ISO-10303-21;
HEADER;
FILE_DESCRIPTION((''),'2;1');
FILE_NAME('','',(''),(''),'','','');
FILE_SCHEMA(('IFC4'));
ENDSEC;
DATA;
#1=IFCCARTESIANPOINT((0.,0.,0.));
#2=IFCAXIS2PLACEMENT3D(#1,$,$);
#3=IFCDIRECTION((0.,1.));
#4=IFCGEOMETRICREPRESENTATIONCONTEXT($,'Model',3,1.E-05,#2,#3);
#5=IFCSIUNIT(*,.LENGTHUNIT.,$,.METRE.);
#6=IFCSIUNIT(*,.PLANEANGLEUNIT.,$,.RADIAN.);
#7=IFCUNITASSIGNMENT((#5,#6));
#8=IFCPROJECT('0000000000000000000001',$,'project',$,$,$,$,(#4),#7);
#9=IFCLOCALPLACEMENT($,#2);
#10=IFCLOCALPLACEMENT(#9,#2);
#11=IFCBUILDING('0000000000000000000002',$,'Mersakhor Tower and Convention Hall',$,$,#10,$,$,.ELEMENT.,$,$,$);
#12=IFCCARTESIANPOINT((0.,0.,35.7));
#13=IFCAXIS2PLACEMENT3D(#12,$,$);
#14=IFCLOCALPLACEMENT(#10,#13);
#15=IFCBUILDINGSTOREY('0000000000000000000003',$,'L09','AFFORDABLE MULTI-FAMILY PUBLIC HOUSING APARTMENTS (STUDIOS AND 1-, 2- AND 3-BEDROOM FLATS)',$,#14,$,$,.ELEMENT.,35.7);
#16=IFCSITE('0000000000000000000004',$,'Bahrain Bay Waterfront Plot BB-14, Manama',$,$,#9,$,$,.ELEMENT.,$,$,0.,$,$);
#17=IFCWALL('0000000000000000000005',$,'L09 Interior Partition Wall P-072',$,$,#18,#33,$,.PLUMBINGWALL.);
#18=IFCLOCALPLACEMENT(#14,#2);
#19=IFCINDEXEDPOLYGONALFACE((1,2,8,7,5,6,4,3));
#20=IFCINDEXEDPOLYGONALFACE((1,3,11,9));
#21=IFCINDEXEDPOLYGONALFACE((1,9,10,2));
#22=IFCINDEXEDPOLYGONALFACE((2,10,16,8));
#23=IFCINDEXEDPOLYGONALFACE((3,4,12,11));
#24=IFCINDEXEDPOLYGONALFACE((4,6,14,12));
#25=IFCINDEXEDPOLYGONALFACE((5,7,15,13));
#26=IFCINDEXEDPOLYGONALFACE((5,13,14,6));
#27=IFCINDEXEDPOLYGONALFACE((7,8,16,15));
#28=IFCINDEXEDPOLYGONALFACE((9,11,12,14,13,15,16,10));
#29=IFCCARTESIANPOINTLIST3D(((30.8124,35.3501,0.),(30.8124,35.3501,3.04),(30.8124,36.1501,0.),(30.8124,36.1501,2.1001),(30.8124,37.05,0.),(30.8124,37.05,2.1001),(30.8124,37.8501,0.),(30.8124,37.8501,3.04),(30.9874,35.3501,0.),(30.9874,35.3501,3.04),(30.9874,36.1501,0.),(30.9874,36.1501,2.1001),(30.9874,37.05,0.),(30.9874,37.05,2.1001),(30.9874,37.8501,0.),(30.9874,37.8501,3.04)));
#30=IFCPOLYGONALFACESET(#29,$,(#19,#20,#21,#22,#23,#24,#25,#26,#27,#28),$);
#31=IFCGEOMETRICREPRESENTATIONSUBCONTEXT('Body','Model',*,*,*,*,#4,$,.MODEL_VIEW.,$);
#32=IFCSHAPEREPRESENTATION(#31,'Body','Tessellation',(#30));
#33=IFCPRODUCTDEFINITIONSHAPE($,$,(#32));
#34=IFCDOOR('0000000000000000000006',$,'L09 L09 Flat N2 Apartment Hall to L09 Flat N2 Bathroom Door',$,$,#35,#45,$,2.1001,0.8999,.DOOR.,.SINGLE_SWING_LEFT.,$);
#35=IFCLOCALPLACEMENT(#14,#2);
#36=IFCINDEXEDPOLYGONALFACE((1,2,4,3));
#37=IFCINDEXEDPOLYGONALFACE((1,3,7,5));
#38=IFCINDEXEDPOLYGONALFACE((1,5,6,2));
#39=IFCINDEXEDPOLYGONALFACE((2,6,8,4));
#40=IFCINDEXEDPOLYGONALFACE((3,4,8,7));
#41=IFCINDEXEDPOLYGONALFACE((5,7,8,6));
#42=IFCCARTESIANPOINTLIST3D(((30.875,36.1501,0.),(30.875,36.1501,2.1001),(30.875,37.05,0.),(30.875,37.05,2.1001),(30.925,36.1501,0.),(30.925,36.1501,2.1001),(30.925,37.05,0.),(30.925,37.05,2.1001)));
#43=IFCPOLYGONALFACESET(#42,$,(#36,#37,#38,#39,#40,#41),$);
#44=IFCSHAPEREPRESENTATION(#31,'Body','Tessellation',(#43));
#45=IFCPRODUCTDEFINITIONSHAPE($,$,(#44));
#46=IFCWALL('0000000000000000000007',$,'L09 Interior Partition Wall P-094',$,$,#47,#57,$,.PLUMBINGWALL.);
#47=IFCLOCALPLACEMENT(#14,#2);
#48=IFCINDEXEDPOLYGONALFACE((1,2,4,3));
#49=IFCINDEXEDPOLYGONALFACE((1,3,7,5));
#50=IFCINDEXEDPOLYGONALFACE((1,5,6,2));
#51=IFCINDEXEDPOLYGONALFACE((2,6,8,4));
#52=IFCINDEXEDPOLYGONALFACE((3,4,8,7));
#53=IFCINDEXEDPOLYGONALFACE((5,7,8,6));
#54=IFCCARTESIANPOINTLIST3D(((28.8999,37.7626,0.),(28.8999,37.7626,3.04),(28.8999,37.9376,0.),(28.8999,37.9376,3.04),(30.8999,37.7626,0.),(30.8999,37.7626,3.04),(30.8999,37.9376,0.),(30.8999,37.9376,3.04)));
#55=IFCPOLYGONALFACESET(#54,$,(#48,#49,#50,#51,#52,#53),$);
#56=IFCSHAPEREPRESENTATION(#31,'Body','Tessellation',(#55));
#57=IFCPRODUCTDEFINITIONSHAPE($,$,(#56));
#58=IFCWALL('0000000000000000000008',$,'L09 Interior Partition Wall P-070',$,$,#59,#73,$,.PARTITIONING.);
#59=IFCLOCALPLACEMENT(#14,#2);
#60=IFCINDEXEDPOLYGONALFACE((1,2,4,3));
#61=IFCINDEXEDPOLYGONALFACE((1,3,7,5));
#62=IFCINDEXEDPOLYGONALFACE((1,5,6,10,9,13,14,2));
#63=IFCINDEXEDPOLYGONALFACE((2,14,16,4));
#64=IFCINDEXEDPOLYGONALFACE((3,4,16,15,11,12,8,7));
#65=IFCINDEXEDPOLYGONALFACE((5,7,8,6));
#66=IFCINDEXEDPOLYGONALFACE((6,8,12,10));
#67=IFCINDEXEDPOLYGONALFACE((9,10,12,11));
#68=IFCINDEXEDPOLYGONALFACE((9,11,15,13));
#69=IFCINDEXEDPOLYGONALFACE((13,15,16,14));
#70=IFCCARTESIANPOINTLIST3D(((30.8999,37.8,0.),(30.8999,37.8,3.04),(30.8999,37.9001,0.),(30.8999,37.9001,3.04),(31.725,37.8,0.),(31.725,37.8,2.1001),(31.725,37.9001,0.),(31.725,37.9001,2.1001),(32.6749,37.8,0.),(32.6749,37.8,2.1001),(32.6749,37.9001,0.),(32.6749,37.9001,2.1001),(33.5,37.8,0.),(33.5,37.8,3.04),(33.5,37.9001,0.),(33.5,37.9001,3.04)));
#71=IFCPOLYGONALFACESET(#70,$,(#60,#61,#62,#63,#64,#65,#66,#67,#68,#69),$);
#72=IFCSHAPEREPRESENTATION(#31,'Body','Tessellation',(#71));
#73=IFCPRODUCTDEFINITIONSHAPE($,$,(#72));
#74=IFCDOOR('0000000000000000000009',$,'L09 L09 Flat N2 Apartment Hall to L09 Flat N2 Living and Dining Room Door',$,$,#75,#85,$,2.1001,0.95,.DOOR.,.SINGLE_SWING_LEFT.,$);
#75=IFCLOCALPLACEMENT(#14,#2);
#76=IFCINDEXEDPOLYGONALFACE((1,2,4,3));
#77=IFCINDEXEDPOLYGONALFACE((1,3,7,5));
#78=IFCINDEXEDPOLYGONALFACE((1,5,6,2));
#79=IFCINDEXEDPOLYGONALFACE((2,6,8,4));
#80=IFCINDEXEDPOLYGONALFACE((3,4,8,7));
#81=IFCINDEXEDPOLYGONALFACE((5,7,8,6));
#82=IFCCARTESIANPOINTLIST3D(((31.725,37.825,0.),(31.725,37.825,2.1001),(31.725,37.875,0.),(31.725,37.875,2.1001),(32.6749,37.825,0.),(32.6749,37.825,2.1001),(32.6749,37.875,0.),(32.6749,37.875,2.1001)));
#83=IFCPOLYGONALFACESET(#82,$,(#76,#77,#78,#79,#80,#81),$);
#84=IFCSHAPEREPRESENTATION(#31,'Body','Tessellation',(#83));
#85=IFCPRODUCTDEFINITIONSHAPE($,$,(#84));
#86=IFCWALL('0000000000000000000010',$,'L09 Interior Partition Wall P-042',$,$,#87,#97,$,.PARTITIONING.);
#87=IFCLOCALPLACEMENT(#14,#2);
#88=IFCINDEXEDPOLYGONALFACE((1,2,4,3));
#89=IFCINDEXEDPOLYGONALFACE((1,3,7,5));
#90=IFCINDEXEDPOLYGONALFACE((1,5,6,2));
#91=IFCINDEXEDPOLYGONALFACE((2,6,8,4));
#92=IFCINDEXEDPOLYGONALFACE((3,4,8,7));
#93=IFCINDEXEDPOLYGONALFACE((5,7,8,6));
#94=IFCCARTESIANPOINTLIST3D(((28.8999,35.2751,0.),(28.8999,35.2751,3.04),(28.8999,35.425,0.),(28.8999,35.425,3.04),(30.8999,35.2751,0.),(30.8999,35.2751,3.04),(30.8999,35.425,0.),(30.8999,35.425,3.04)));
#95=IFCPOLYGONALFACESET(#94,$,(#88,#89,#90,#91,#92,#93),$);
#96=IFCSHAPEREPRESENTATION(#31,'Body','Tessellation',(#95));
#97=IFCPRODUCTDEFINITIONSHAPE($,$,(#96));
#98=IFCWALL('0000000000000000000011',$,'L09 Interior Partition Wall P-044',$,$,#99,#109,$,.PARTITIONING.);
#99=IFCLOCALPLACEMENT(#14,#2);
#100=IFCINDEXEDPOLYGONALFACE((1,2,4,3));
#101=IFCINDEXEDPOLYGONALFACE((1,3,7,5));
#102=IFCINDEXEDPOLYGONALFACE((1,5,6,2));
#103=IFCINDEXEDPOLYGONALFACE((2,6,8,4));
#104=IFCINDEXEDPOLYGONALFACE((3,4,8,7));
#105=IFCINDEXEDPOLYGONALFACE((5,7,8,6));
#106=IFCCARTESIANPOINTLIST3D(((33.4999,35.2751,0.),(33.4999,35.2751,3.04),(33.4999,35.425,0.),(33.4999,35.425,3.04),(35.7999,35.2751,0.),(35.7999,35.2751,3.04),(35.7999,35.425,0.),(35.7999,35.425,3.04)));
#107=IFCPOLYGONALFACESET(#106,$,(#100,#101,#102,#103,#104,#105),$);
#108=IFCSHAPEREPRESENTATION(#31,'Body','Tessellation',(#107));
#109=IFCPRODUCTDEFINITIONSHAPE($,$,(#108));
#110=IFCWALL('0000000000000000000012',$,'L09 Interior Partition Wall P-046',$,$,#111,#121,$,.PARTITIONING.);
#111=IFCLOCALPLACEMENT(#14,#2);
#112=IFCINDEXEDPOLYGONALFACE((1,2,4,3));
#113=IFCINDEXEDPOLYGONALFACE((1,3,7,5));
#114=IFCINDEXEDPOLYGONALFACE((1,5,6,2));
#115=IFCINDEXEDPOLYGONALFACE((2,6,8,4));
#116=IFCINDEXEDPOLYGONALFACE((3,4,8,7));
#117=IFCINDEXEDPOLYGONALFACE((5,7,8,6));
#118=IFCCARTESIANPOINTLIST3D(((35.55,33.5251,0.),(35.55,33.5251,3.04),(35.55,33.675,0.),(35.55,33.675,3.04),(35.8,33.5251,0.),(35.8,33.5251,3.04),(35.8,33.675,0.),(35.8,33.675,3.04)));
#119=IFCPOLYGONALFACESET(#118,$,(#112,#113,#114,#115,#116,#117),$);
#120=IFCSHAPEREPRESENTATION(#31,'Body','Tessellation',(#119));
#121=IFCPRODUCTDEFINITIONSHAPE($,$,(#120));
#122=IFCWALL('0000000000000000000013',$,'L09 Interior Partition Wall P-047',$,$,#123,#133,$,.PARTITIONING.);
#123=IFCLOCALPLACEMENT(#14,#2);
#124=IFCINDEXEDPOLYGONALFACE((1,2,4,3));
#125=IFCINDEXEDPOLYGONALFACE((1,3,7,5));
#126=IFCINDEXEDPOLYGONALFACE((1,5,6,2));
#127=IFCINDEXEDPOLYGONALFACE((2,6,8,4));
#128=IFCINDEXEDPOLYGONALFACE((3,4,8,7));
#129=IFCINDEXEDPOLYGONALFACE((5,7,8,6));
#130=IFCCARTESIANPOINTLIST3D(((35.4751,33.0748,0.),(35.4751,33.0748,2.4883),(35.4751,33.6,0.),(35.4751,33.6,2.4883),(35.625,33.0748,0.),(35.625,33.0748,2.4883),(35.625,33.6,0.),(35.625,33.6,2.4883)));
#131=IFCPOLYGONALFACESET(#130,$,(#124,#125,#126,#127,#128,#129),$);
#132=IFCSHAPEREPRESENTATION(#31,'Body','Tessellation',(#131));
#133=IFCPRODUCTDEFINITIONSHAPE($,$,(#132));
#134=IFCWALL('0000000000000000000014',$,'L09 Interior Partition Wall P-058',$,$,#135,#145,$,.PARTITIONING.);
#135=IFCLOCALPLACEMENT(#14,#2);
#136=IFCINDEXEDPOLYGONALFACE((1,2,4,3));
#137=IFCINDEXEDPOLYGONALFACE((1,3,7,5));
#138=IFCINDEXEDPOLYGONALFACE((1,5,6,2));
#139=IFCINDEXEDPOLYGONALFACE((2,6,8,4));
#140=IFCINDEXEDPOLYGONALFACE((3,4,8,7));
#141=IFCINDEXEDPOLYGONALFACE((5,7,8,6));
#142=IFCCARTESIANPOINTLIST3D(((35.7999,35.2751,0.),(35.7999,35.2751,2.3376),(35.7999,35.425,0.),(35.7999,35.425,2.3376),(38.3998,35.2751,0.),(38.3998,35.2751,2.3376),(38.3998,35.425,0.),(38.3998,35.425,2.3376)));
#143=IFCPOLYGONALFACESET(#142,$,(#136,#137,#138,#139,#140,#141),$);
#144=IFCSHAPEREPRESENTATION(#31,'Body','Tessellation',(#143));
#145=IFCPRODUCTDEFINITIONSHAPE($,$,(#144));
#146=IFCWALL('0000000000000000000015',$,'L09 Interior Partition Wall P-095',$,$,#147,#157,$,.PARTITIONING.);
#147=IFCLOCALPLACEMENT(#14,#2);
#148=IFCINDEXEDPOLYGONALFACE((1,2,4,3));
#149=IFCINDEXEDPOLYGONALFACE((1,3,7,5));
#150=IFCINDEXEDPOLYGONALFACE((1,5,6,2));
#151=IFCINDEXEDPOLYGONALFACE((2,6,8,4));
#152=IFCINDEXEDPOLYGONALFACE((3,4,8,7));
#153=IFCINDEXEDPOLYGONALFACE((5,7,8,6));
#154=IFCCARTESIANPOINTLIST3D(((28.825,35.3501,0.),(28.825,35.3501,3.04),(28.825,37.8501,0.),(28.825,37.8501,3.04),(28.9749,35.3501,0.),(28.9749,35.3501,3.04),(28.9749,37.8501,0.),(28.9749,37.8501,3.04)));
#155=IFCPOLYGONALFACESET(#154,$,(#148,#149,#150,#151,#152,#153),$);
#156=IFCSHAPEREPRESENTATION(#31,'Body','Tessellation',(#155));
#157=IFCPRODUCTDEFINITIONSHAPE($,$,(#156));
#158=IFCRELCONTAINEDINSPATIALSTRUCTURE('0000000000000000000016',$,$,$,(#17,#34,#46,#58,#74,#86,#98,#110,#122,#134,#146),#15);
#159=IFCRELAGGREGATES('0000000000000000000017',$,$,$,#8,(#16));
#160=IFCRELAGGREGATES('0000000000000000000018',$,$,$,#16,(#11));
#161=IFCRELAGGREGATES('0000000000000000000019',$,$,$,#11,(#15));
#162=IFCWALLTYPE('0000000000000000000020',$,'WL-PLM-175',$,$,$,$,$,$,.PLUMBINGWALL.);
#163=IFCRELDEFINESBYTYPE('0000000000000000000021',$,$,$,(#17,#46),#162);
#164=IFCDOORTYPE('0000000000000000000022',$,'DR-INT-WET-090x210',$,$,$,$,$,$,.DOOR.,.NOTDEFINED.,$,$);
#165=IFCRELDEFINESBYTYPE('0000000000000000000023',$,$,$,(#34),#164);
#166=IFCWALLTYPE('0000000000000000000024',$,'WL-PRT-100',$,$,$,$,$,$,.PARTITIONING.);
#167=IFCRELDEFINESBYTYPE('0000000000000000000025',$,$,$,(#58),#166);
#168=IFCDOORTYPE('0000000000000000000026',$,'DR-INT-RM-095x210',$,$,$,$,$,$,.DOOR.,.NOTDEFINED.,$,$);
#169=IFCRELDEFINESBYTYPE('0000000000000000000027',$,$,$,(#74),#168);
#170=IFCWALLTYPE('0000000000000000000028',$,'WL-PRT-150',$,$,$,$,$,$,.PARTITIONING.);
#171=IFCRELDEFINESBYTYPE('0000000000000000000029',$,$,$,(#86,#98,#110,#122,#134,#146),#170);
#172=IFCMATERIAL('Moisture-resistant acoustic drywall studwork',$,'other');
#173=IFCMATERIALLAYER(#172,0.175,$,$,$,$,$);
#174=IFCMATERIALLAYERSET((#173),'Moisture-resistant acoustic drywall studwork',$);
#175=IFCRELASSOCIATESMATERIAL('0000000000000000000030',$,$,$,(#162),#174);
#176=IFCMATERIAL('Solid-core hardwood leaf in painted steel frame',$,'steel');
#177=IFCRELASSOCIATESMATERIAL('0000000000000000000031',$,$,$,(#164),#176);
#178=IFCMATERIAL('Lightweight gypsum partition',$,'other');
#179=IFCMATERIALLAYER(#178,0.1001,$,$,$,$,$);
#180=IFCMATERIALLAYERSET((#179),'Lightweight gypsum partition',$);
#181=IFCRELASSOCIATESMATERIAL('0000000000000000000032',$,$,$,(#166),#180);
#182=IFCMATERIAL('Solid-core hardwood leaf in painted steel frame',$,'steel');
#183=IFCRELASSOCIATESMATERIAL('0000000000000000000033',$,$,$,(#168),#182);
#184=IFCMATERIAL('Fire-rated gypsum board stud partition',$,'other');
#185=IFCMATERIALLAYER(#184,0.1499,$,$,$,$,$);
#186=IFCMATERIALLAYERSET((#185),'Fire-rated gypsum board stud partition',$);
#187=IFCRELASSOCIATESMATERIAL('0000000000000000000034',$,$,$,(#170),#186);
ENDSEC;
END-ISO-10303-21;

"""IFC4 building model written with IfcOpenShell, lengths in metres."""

from ifc_helpers import new_model, si_unit, direction, frame, frame_2d, origin, place, context, subcontext, project, spatial, rectangle, extrude, material, layer, layer_set, type_object, element, fill, save


model = new_model("IFC4")

# Units and contexts
model_context = context("Model", 3, precision=1e-05, world=origin(), true_north=direction((0.0, 1.0)))
body_context = subcontext(model_context, "Body", "Model", "MODEL_VIEW")
ifc_project = project(units=[si_unit("LENGTHUNIT", "METRE"), si_unit("PLANEANGLEUNIT", "RADIAN")], contexts=[model_context])

# Site, building, storey
site_placement = place(None, origin())
site = spatial("IfcSite", under=ifc_project, at=site_placement, Name="Bahrain Bay Waterfront Plot BB-14, Manama", CompositionType="ELEMENT", RefElevation=0.0)
building_placement = place(site_placement, origin())
building = spatial("IfcBuilding", under=site, at=building_placement, Name="Mersakhor Tower and Convention Hall", CompositionType="ELEMENT")
storey_placement = place(building_placement, frame((0.0, 0.0, 35.7)))
storey = spatial("IfcBuildingStorey", under=building, at=storey_placement, Name="L09", Description="AFFORDABLE MULTI-FAMILY PUBLIC HOUSING APARTMENTS (STUDIOS AND 1-, 2- AND 3-BEDROOM FLATS)", CompositionType="ELEMENT", Elevation=35.7)

# Wall, opening, door
ifc_material_1 = material(Name="Moisture-resistant acoustic drywall studwork", Category="other")
ifc_layer_1 = layer(ifc_material_1, 0.175)
ifc_layer_set_1 = layer_set([ifc_layer_1], Name="Moisture-resistant acoustic drywall studwork")
wall_type_1 = type_object("IfcWallType", Name="WL-PLM-175", PredefinedType="PLUMBINGWALL", material=ifc_layer_set_1)
wall_1_placement = place(storey_placement, frame((30.8999, 35.3501, 0.0), z_axis=(0.0, 0.0, 1.0), x_axis=(0.0, 1.0, 0.0)))
wall_1 = element("IfcWall", 1, at=wall_1_placement, inside=storey, type_object=wall_type_1, Name="L09 Interior Partition Wall P-072", PredefinedType="PLUMBINGWALL", context=body_context, shape_type="SweptSolid", body=[
    extrude(rectangle(XDim=2.5, YDim=0.175, at=frame_2d((1.25, 0.0))), origin(), (0.0, 0.0, 1.0), 3.04),
])
opening_1_placement = place(wall_1_placement, frame((0.8, 0.0, 0.0)))
opening_1 = element("IfcOpeningElement", 2, at=opening_1_placement, cuts=wall_1, PredefinedType="OPENING", context=body_context, shape_type="SweptSolid", body=[
    extrude(rectangle(XDim=0.8999, YDim=2.1001, at=frame_2d((0.45, 1.05))), frame((0.0, 0.0974, 0.0), z_axis=(0.0, -1.0, 0.0), x_axis=(1.0, 0.0, 0.0)), (0.0, 0.0, 1.0), 0.1951),
])
ifc_material_2 = material(Name="Solid-core hardwood leaf in painted steel frame", Category="steel")
door_type_1 = type_object("IfcDoorType", Name="DR-INT-WET-090x210", OperationType="NOTDEFINED", PredefinedType="DOOR", material=ifc_material_2)
door_1_placement = place(opening_1_placement, origin())
door_1 = element("IfcDoor", 3, at=door_1_placement, inside=storey, type_object=door_type_1, Name="L09 L09 Flat N2 Apartment Hall to L09 Flat N2 Bathroom Door", OperationType="SINGLE_SWING_LEFT", OverallHeight=2.1001, OverallWidth=0.8999, PredefinedType="DOOR", context=body_context, shape_type="SweptSolid", body=[
    extrude(rectangle(XDim=0.8999, YDim=2.1001, at=frame_2d((0.45, 1.05))), frame((0.0, 0.0249, 0.0), z_axis=(0.0, -1.0, 0.0), x_axis=(1.0, 0.0, 0.0)), (0.0, 0.0, 1.0), 0.05),
])
fill(opening_1, door_1)

# Wall
wall_2_placement = place(storey_placement, frame((28.8999, 37.8501, 0.0), z_axis=(0.0, 0.0, 1.0), x_axis=(1.0, 0.0, 0.0)))
element("IfcWall", 4, at=wall_2_placement, inside=storey, type_object=wall_type_1, Name="L09 Interior Partition Wall P-094", PredefinedType="PLUMBINGWALL", context=body_context, shape_type="SweptSolid", body=[
    extrude(rectangle(XDim=2.0, YDim=0.175, at=frame_2d((1.0, 0.0))), origin(), (0.0, 0.0, 1.0), 3.04),
])

# Wall, opening, door
ifc_material_3 = material(Name="Lightweight gypsum partition", Category="other")
ifc_layer_2 = layer(ifc_material_3, 0.1001)
ifc_layer_set_2 = layer_set([ifc_layer_2], Name="Lightweight gypsum partition")
wall_type_2 = type_object("IfcWallType", Name="WL-PRT-100", PredefinedType="PARTITIONING", material=ifc_layer_set_2)
wall_3_placement = place(storey_placement, frame((30.8999, 37.8501, 0.0), z_axis=(0.0, 0.0, 1.0), x_axis=(1.0, 0.0, 0.0)))
wall_3 = element("IfcWall", 5, at=wall_3_placement, inside=storey, type_object=wall_type_2, Name="L09 Interior Partition Wall P-070", PredefinedType="PARTITIONING", context=body_context, shape_type="SweptSolid", body=[
    extrude(rectangle(XDim=2.6001, YDim=0.1001, at=frame_2d((1.3, 0.0))), origin(), (0.0, 0.0, 1.0), 3.04),
])
opening_2_placement = place(wall_3_placement, frame((0.825, 0.0, 0.0)))
opening_2 = element("IfcOpeningElement", 6, at=opening_2_placement, cuts=wall_3, PredefinedType="OPENING", context=body_context, shape_type="SweptSolid", body=[
    extrude(rectangle(XDim=0.95, YDim=2.1001, at=frame_2d((0.4751, 1.05))), frame((0.0, 0.0601, 0.0), z_axis=(0.0, -1.0, 0.0), x_axis=(1.0, 0.0, 0.0)), (0.0, 0.0, 1.0), 0.1201),
])
ifc_material_4 = material(Name="Solid-core hardwood leaf in painted steel frame", Category="steel")
door_type_2 = type_object("IfcDoorType", Name="DR-INT-RM-095x210", OperationType="NOTDEFINED", PredefinedType="DOOR", material=ifc_material_4)
door_2_placement = place(opening_2_placement, origin())
door_2 = element("IfcDoor", 7, at=door_2_placement, inside=storey, type_object=door_type_2, Name="L09 L09 Flat N2 Apartment Hall to L09 Flat N2 Living and Dining Room Door", OperationType="SINGLE_SWING_LEFT", OverallHeight=2.1001, OverallWidth=0.95, PredefinedType="DOOR", context=body_context, shape_type="SweptSolid", body=[
    extrude(rectangle(XDim=0.95, YDim=2.1001, at=frame_2d((0.4751, 1.05))), frame((0.0, 0.0249, 0.0), z_axis=(0.0, -1.0, 0.0), x_axis=(1.0, 0.0, 0.0)), (0.0, 0.0, 1.0), 0.05),
])
fill(opening_2, door_2)

# Wall
ifc_material_5 = material(Name="Fire-rated gypsum board stud partition", Category="other")
ifc_layer_3 = layer(ifc_material_5, 0.1499)
ifc_layer_set_3 = layer_set([ifc_layer_3], Name="Fire-rated gypsum board stud partition")
wall_type_3 = type_object("IfcWallType", Name="WL-PRT-150", PredefinedType="PARTITIONING", material=ifc_layer_set_3)
wall_4_placement = place(storey_placement, frame((28.8999, 35.3501, 0.0), z_axis=(0.0, 0.0, 1.0), x_axis=(1.0, 0.0, 0.0)))
element("IfcWall", 8, at=wall_4_placement, inside=storey, type_object=wall_type_3, Name="L09 Interior Partition Wall P-042", PredefinedType="PARTITIONING", context=body_context, shape_type="SweptSolid", body=[
    extrude(rectangle(XDim=2.0, YDim=0.1499, at=frame_2d((1.0, 0.0))), origin(), (0.0, 0.0, 1.0), 3.04),
])

# Wall
wall_5_placement = place(storey_placement, frame((33.5, 35.3501, 0.0), z_axis=(0.0, 0.0, 1.0), x_axis=(1.0, 0.0, 0.0)))
element("IfcWall", 9, at=wall_5_placement, inside=storey, type_object=wall_type_3, Name="L09 Interior Partition Wall P-044", PredefinedType="PARTITIONING", context=body_context, shape_type="SweptSolid", body=[
    extrude(rectangle(XDim=2.3, YDim=0.1499, at=frame_2d((1.1499, 0.0))), origin(), (0.0, 0.0, 1.0), 3.04),
])

# Walls
wall_6_placement = place(storey_placement, frame((35.8, 33.6001, 0.0), z_axis=(0.0, 0.0, 1.0), x_axis=(-1.0, 0.0, 0.0)))
element("IfcWall", 10, at=wall_6_placement, inside=storey, type_object=wall_type_3, Name="L09 Interior Partition Wall P-046", PredefinedType="PARTITIONING", context=body_context, shape_type="SweptSolid", body=[
    extrude(rectangle(XDim=0.25, YDim=0.1499, at=frame_2d((0.125, 0.0))), origin(), (0.0, 0.0, 1.0), 3.04),
])
wall_7_placement = place(storey_placement, frame((35.55, 33.6001, 0.0), z_axis=(0.0, 0.0, 1.0), x_axis=(0.0, -1.0, 0.0)))
element("IfcWall", 11, at=wall_7_placement, inside=storey, type_object=wall_type_3, Name="L09 Interior Partition Wall P-047", PredefinedType="PARTITIONING", context=body_context, shape_type="SweptSolid", body=[
    extrude(rectangle(XDim=0.5251, YDim=0.1499, at=frame_2d((0.2627, 0.0))), origin(), (0.0, 0.0, 1.0), 2.4883),
])
wall_8_placement = place(storey_placement, frame((35.8, 35.3501, 0.0), z_axis=(0.0, 0.0, 1.0), x_axis=(1.0, 0.0, 0.0)))
element("IfcWall", 12, at=wall_8_placement, inside=storey, type_object=wall_type_3, Name="L09 Interior Partition Wall P-058", PredefinedType="PARTITIONING", context=body_context, shape_type="SweptSolid", body=[
    extrude(rectangle(XDim=2.5999, YDim=0.1499, at=frame_2d((1.2998, 0.0))), origin(), (0.0, 0.0, 1.0), 2.3376),
])
wall_9_placement = place(storey_placement, frame((28.8999, 35.3501, 0.0), z_axis=(0.0, 0.0, 1.0), x_axis=(0.0, 1.0, 0.0)))
element("IfcWall", 13, at=wall_9_placement, inside=storey, type_object=wall_type_3, Name="L09 Interior Partition Wall P-095", PredefinedType="PARTITIONING", context=body_context, shape_type="SweptSolid", body=[
    extrude(rectangle(XDim=2.5, YDim=0.1499, at=frame_2d((1.25, 0.0))), origin(), (0.0, 0.0, 1.0), 3.04),
])

save(model, "model.ifc")
